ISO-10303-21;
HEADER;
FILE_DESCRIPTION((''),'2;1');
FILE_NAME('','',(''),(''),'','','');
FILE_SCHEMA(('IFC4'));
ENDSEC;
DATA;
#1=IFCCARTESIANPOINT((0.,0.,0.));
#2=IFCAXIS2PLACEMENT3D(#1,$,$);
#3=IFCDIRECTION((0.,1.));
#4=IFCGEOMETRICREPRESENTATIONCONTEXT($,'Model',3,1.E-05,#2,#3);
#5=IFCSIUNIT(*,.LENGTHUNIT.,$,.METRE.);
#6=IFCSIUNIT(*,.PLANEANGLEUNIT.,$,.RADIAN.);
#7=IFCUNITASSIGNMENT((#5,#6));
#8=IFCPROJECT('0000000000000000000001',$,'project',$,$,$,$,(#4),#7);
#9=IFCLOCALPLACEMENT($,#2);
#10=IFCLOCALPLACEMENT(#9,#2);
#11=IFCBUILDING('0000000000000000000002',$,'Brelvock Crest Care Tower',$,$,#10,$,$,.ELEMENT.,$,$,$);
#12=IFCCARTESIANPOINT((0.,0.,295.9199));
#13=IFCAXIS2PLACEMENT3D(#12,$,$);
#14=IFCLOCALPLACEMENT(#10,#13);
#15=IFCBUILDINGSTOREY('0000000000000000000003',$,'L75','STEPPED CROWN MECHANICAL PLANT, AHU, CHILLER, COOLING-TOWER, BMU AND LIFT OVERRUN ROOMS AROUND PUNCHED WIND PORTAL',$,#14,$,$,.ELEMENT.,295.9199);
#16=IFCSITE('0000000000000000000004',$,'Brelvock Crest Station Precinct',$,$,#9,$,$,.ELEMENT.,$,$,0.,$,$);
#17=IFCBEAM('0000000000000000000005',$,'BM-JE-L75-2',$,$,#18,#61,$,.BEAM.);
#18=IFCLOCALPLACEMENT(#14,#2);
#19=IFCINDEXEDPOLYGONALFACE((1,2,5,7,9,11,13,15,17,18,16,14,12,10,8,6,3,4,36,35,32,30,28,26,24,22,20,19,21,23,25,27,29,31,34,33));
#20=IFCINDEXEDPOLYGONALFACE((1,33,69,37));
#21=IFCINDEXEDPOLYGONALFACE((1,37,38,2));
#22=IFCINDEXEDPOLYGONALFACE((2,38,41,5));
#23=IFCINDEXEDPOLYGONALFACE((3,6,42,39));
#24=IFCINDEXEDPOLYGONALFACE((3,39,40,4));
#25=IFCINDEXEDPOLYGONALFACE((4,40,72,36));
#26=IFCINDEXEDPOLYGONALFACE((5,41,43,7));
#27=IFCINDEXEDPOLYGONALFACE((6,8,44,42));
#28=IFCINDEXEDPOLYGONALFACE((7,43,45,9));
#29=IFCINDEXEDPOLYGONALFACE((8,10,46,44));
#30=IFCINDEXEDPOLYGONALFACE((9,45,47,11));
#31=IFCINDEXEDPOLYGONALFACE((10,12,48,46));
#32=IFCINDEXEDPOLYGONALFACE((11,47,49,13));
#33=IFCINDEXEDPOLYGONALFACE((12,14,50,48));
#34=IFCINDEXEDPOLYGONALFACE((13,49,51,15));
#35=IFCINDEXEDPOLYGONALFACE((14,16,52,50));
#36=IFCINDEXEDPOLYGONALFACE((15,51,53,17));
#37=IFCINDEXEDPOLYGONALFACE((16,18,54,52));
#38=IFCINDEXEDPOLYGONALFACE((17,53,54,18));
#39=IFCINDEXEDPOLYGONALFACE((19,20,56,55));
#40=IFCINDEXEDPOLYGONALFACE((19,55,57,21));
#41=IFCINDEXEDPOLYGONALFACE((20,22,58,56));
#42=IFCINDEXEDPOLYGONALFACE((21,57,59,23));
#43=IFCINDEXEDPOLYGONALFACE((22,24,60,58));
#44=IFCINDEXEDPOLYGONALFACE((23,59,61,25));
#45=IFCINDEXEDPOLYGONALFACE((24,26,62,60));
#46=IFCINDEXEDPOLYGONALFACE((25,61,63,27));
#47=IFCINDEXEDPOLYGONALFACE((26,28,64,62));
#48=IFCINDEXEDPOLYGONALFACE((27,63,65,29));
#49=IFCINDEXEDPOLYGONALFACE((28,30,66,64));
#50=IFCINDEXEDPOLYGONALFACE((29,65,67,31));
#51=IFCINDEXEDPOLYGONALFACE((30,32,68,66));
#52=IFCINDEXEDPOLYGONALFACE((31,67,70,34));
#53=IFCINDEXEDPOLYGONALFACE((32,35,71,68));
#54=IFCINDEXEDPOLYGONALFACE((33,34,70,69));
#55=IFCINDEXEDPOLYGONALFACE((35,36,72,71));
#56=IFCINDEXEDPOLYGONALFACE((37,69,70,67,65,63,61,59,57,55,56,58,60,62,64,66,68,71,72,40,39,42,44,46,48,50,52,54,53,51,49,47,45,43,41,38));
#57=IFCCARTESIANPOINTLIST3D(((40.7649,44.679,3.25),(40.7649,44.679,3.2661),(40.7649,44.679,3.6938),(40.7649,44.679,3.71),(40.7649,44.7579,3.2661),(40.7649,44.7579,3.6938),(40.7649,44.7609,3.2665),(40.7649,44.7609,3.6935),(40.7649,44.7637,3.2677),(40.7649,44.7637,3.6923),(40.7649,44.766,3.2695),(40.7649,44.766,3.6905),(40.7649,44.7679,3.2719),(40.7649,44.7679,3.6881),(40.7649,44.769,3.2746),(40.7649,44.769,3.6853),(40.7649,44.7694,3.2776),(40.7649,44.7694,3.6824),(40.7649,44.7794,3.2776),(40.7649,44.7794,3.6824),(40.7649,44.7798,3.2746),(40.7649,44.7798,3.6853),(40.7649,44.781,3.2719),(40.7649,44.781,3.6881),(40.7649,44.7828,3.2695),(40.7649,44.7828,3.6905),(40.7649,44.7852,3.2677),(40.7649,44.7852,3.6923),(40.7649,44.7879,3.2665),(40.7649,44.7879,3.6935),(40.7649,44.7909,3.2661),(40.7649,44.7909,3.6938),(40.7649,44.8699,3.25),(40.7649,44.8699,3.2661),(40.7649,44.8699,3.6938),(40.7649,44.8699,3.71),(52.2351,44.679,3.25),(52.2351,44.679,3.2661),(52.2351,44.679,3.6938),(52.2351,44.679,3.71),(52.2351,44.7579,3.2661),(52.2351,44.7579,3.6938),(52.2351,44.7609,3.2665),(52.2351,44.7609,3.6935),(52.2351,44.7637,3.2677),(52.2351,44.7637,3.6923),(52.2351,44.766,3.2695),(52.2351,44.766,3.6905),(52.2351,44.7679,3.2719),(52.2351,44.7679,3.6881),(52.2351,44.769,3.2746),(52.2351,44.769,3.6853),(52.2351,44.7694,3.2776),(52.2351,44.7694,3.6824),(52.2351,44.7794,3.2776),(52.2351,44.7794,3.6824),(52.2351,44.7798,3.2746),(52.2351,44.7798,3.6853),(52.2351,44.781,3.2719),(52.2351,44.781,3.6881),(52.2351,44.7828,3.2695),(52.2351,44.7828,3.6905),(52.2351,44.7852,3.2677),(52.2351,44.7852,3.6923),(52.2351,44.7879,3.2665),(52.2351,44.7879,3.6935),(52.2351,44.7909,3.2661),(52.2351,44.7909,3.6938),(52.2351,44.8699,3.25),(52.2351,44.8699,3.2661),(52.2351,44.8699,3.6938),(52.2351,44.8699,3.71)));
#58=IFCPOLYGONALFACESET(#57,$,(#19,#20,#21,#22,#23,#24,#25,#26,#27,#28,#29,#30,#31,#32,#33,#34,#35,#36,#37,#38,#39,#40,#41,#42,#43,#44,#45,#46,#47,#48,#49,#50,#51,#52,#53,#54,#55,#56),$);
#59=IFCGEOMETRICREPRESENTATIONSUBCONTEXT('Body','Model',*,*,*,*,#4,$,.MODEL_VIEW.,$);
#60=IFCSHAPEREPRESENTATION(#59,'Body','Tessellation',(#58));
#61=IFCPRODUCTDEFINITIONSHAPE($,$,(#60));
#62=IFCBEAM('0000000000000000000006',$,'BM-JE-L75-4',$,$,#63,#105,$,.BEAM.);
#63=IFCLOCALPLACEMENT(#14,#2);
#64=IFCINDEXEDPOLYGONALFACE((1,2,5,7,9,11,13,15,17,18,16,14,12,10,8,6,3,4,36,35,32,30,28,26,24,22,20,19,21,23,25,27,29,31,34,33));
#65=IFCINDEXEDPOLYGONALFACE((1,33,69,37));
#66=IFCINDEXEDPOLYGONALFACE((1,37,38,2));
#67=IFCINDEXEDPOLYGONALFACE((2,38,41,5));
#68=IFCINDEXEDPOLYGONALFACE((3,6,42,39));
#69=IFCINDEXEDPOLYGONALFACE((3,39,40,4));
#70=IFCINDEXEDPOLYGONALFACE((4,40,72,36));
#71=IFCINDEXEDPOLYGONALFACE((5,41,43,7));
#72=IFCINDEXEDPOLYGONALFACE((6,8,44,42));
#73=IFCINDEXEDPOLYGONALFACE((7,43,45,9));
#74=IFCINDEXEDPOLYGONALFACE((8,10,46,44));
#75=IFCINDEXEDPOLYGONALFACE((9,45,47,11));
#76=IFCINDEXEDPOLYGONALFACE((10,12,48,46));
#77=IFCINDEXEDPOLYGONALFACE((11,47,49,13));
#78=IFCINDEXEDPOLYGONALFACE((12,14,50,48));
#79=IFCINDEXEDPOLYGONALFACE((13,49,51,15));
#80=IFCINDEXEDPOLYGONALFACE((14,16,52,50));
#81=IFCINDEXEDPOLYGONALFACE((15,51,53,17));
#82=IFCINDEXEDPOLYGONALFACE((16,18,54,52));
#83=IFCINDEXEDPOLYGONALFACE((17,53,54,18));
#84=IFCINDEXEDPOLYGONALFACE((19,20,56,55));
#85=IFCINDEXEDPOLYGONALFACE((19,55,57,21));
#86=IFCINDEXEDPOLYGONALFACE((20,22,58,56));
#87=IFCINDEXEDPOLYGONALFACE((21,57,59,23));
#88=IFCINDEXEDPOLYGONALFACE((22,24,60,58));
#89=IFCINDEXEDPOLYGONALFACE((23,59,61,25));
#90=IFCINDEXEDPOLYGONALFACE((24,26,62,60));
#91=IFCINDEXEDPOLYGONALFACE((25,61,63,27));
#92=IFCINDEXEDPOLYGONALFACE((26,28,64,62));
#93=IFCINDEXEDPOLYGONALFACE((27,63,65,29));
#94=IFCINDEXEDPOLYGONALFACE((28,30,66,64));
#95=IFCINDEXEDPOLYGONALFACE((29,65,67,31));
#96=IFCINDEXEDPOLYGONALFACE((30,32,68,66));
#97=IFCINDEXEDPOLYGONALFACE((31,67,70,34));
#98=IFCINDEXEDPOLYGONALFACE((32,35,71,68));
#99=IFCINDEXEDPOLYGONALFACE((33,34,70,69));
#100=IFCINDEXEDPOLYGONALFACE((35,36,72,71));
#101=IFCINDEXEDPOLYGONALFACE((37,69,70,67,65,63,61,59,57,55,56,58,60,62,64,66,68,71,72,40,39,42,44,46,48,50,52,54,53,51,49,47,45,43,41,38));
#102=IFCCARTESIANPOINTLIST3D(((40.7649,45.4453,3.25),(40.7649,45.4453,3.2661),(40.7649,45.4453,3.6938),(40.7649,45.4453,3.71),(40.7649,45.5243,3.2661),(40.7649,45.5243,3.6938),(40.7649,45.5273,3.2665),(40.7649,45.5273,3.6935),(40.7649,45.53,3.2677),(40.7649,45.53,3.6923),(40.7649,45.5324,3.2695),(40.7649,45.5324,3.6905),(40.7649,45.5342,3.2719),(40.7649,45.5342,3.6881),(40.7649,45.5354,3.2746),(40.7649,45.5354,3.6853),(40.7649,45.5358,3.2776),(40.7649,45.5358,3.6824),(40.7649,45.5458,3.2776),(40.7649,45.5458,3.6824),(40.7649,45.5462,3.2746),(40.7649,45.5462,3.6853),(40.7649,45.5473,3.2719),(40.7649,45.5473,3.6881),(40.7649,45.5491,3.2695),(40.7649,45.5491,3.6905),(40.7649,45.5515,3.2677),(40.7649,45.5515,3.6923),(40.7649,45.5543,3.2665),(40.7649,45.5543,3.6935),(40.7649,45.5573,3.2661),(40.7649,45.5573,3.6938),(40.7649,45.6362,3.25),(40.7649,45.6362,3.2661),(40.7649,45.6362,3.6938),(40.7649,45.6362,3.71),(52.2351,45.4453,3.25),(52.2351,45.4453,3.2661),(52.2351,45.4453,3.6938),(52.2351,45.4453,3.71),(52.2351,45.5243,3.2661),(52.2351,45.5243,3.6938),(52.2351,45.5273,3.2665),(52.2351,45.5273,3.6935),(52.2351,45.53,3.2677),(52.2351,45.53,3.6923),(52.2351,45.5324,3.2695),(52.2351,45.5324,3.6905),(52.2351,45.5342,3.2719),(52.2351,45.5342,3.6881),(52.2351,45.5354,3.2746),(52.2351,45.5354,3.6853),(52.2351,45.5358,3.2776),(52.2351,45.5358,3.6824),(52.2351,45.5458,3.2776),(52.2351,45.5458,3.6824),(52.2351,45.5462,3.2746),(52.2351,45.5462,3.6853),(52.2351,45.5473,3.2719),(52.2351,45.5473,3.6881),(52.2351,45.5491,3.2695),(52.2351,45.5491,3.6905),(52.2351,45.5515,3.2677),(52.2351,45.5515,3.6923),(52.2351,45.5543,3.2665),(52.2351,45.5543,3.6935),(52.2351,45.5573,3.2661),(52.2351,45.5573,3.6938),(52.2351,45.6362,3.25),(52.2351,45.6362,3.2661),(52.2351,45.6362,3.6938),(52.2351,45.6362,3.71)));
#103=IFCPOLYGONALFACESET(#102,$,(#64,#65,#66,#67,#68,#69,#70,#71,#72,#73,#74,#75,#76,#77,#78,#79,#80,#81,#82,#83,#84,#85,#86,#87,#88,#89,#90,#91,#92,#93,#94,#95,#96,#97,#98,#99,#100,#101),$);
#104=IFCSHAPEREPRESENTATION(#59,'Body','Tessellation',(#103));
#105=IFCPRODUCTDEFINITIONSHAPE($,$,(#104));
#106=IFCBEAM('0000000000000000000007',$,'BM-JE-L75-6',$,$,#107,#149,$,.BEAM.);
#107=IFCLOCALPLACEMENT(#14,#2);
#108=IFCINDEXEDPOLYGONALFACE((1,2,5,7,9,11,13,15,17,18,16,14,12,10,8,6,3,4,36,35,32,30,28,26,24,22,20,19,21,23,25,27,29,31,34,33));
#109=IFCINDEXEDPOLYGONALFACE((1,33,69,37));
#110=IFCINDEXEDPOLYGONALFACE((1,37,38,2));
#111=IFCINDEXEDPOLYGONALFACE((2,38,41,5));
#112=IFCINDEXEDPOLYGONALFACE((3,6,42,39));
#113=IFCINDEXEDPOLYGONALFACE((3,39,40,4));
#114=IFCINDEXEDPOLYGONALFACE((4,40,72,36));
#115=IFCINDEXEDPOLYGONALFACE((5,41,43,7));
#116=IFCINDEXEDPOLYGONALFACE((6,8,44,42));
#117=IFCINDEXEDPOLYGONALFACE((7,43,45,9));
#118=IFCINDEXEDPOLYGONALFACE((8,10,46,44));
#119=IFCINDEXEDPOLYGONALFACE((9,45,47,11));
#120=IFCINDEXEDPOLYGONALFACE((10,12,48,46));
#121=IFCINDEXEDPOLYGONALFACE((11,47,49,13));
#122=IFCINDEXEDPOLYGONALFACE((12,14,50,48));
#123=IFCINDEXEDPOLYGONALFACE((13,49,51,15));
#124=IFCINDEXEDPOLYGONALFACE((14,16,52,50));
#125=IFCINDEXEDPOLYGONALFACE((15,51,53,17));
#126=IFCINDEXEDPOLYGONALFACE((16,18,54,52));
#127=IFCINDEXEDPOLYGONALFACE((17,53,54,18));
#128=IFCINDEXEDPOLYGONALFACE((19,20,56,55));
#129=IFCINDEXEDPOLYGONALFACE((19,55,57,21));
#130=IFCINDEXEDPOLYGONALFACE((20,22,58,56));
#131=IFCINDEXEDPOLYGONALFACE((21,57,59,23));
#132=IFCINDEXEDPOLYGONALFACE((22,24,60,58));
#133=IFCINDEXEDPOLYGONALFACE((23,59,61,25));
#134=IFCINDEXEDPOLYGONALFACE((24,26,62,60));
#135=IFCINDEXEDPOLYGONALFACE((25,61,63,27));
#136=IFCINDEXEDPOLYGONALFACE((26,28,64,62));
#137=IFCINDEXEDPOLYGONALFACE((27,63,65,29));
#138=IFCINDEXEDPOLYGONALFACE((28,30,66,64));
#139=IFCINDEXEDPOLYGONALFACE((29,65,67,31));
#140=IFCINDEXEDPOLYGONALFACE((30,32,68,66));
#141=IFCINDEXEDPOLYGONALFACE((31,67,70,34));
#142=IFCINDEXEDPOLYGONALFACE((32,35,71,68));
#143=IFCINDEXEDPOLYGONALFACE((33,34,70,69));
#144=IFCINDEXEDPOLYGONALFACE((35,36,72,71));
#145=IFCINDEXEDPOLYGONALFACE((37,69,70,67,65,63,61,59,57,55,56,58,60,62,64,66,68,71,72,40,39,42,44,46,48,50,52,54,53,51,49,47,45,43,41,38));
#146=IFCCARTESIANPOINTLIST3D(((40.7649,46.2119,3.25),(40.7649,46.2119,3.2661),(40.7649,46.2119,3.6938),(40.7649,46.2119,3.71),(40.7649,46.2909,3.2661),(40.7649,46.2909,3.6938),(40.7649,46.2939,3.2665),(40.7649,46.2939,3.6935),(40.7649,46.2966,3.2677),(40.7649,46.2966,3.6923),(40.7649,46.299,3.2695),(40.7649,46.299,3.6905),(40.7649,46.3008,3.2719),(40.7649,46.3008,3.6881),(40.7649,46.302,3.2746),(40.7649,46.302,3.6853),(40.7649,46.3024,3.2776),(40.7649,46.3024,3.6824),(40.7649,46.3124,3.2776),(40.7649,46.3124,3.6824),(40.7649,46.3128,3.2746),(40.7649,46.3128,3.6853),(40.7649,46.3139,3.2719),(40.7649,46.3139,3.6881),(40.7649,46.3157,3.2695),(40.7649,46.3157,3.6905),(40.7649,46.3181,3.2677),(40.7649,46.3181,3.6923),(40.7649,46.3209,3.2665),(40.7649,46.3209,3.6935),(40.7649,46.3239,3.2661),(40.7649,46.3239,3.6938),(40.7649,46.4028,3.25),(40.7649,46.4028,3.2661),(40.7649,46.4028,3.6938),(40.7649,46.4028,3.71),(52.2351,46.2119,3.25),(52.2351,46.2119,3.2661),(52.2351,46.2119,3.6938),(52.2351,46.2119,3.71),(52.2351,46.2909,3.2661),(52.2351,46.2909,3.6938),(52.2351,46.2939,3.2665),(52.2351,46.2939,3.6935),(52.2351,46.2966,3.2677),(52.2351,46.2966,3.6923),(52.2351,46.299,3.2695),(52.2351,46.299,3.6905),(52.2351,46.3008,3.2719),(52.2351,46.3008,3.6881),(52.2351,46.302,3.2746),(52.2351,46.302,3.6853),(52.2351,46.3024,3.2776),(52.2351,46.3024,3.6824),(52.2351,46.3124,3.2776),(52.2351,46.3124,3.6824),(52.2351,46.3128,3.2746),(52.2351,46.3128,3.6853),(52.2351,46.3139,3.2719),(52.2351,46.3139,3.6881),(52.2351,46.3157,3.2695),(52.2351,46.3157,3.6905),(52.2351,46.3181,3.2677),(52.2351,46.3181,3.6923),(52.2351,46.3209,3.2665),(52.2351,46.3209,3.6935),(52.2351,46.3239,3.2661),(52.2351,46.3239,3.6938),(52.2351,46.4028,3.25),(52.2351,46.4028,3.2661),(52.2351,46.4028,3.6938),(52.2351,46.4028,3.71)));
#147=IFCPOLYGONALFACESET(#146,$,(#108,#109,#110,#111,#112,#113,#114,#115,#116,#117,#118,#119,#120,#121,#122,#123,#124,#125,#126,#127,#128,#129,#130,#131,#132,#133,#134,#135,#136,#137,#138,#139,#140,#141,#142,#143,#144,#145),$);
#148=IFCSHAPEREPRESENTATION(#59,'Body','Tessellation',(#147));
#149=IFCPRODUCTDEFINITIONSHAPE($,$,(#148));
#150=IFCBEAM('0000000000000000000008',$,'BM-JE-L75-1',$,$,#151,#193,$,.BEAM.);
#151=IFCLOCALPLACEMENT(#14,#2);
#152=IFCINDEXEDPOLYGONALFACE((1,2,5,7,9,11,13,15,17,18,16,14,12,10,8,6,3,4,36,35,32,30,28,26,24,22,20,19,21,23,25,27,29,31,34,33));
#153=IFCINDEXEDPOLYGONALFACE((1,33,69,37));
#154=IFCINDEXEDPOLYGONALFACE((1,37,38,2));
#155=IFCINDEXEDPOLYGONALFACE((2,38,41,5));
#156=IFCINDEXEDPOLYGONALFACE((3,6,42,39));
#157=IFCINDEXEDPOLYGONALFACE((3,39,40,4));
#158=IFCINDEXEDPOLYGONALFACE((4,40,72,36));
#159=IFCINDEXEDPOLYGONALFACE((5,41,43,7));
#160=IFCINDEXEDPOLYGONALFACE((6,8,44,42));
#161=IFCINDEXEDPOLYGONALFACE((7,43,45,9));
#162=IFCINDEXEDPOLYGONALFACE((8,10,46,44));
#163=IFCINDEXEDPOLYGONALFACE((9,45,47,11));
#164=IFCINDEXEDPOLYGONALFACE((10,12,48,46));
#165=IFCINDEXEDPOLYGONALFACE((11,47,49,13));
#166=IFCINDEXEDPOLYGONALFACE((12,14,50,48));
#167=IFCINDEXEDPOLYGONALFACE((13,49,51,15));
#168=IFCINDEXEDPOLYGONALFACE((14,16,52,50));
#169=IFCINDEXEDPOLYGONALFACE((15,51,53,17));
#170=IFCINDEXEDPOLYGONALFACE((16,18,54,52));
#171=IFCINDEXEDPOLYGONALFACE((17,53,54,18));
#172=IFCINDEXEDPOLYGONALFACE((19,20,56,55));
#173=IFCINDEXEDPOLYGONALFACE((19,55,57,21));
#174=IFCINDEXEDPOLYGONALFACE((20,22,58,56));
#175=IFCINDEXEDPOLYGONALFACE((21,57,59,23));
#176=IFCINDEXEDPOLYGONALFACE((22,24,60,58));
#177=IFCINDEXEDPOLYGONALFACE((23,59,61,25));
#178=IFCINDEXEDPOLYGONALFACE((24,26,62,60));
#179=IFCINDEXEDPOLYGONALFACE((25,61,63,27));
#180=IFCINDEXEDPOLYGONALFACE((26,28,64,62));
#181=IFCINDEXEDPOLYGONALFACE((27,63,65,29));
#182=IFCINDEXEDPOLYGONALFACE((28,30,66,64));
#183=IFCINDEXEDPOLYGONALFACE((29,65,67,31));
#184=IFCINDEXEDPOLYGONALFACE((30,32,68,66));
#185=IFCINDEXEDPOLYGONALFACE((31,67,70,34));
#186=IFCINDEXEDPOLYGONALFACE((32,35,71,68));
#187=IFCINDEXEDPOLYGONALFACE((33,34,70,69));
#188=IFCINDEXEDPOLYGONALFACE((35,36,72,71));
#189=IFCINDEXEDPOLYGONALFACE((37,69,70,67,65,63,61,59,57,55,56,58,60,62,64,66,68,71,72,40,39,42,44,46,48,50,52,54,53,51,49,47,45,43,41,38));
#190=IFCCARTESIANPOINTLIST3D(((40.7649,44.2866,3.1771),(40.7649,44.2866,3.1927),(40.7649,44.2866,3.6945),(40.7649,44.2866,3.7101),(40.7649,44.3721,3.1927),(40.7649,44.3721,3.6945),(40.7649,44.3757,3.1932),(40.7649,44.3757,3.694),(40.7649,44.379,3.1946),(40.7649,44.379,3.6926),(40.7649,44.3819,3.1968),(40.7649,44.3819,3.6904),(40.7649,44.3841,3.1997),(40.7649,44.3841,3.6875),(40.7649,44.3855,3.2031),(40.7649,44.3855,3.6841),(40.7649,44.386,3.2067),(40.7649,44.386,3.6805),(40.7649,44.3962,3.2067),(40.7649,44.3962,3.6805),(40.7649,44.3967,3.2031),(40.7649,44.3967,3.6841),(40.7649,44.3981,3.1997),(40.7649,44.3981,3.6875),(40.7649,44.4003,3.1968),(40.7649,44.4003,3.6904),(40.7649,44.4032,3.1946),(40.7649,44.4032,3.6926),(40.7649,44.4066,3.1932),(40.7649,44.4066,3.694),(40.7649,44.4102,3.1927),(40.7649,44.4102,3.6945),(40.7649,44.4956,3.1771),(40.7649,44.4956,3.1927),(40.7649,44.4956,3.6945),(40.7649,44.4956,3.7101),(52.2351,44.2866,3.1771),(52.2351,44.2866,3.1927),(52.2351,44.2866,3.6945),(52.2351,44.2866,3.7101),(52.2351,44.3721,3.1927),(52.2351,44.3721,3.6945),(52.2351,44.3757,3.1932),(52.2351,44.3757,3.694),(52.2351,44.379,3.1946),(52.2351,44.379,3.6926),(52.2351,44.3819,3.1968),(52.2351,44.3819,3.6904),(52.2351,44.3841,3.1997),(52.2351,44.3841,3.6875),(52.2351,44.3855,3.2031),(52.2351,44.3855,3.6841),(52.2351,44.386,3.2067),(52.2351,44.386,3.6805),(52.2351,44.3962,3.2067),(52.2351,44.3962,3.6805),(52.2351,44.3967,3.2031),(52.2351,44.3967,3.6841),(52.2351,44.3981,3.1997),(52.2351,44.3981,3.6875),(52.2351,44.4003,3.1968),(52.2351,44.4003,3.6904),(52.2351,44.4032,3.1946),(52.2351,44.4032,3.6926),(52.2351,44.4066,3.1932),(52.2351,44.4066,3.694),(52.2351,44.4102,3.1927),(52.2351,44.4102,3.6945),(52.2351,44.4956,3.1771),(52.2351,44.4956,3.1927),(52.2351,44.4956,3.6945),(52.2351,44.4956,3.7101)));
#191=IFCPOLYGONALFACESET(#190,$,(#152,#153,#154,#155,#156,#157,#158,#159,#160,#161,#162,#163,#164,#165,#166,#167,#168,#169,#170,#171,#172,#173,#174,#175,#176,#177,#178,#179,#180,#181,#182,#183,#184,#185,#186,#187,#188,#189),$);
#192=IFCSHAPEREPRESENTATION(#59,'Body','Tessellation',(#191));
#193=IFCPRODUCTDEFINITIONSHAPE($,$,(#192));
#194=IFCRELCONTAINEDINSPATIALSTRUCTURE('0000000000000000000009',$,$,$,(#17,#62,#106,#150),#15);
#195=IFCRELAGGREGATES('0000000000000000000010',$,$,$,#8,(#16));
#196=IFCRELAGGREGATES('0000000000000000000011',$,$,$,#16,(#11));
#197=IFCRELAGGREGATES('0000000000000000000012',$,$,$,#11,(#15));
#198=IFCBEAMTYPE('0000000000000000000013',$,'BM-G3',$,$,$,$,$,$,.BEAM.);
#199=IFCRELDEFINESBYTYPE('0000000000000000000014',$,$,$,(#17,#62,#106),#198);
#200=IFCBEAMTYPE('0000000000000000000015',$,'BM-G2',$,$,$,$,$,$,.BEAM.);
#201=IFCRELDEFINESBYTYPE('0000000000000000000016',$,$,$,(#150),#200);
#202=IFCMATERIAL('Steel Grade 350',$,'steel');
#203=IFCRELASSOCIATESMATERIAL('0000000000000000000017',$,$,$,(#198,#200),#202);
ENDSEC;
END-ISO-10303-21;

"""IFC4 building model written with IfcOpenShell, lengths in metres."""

from ifc_helpers import new_model, si_unit, direction, frame, origin, origin_2d, place, context, subcontext, project, spatial, i_section, extrude, source, transform, mapped, material, material_profile, profile_set, type_object, element, save


model = new_model("IFC4")

# Units and contexts
model_context = context("Model", 3, precision=1e-05, world=origin(), true_north=direction((0.0, 1.0)))
body_context = subcontext(model_context, "Body", "Model", "MODEL_VIEW")
ifc_project = project(units=[si_unit("LENGTHUNIT", "METRE"), si_unit("PLANEANGLEUNIT", "RADIAN")], contexts=[model_context])

# Site, building, storey
site_placement = place(None, origin())
site = spatial("IfcSite", under=ifc_project, at=site_placement, Name="Brelvock Crest Station Precinct", CompositionType="ELEMENT", RefElevation=0.0)
building_placement = place(site_placement, origin())
building = spatial("IfcBuilding", under=site, at=building_placement, Name="Brelvock Crest Care Tower", CompositionType="ELEMENT")
storey_placement = place(building_placement, frame((0.0, 0.0, 295.9199)))
storey = spatial("IfcBuildingStorey", under=building, at=storey_placement, Name="L75", Description="STEPPED CROWN MECHANICAL PLANT, AHU, CHILLER, COOLING-TOWER, BMU AND LIFT OVERRUN ROOMS AROUND PUNCHED WIND PORTAL", CompositionType="ELEMENT", Elevation=295.9199)

# Shared definitions
ifc_material_1 = material(Name="Steel Grade 350", Category="steel")

# Beams
ifc_material_profile_1 = material_profile(ifc_material_1, i_section(OverallWidth=0.1909, OverallDepth=0.46, WebThickness=0.01, FlangeThickness=0.0161, FilletRadius=0.0115, at=origin_2d()), Name="460UB82.1")
ifc_profile_set_1 = profile_set([ifc_material_profile_1], Name="Steel Grade 350")
beam_type_1 = type_object("IfcBeamType", Name="BM-G3", PredefinedType="BEAM", material=ifc_profile_set_1)
shared_shape_1 = source(origin(), body_context, "Body", "SweptSolid", [
    extrude(i_section(OverallWidth=0.1909, OverallDepth=0.46, WebThickness=0.01, FlangeThickness=0.0161, FilletRadius=0.0115, at=origin_2d()), origin(), (0.0, 0.0, 1.0), 11.4702),
])
for number, where, z_axis, x_axis, name in (
    (1, (40.7649, 44.7744, 3.48), (1.0, 0.0, 0.0), (0.0, 1.0, 0.0), "BM-JE-L75-2"),
    (2, (40.7649, 45.5408, 3.48), (1.0, 0.0, 0.0), (0.0, 1.0, 0.0), "BM-JE-L75-4"),
    (3, (40.7649, 46.3074, 3.48), (1.0, 0.0, 0.0), (0.0, 1.0, 0.0), "BM-JE-L75-6"),
):
    element("IfcBeam", number, at=place(storey_placement, frame(where, z_axis=z_axis, x_axis=x_axis)), inside=storey, type_object=beam_type_1, Name=name, PredefinedType="BEAM", context=body_context, shape_type="MappedRepresentation", body=[
        mapped(shared_shape_1, transform((0.0, 0.0, 0.0), x_axis=(1.0, 0.0, 0.0), y_axis=(0.0, 1.0, 0.0), z_axis=(0.0, 0.0, 1.0), scale=1.0)),
    ])
ifc_material_profile_2 = material_profile(ifc_material_1, i_section(OverallWidth=0.209, OverallDepth=0.533, WebThickness=0.0103, FlangeThickness=0.0156, FilletRadius=0.0139, at=origin_2d()), Name="530UB92.4")
ifc_profile_set_2 = profile_set([ifc_material_profile_2], Name="Steel Grade 350")
beam_type_2 = type_object("IfcBeamType", Name="BM-G2", PredefinedType="BEAM", material=ifc_profile_set_2)
shared_shape_2 = source(origin(), body_context, "Body", "SweptSolid", [
    extrude(i_section(OverallWidth=0.209, OverallDepth=0.533, WebThickness=0.0103, FlangeThickness=0.0156, FilletRadius=0.0139, at=origin_2d()), origin(), (0.0, 0.0, 1.0), 11.4702),
])
for number, where, z_axis, x_axis, name in (
    (4, (40.7649, 44.3911, 3.4436), (1.0, 0.0, 0.0), (0.0, 1.0, 0.0), "BM-JE-L75-1"),
):
    element("IfcBeam", number, at=place(storey_placement, frame(where, z_axis=z_axis, x_axis=x_axis)), inside=storey, type_object=beam_type_2, Name=name, PredefinedType="BEAM", context=body_context, shape_type="MappedRepresentation", body=[
        mapped(shared_shape_2, transform((0.0, 0.0, 0.0), x_axis=(1.0, 0.0, 0.0), y_axis=(0.0, 1.0, 0.0), z_axis=(0.0, 0.0, 1.0), scale=1.0)),
    ])

save(model, "model.ifc")
